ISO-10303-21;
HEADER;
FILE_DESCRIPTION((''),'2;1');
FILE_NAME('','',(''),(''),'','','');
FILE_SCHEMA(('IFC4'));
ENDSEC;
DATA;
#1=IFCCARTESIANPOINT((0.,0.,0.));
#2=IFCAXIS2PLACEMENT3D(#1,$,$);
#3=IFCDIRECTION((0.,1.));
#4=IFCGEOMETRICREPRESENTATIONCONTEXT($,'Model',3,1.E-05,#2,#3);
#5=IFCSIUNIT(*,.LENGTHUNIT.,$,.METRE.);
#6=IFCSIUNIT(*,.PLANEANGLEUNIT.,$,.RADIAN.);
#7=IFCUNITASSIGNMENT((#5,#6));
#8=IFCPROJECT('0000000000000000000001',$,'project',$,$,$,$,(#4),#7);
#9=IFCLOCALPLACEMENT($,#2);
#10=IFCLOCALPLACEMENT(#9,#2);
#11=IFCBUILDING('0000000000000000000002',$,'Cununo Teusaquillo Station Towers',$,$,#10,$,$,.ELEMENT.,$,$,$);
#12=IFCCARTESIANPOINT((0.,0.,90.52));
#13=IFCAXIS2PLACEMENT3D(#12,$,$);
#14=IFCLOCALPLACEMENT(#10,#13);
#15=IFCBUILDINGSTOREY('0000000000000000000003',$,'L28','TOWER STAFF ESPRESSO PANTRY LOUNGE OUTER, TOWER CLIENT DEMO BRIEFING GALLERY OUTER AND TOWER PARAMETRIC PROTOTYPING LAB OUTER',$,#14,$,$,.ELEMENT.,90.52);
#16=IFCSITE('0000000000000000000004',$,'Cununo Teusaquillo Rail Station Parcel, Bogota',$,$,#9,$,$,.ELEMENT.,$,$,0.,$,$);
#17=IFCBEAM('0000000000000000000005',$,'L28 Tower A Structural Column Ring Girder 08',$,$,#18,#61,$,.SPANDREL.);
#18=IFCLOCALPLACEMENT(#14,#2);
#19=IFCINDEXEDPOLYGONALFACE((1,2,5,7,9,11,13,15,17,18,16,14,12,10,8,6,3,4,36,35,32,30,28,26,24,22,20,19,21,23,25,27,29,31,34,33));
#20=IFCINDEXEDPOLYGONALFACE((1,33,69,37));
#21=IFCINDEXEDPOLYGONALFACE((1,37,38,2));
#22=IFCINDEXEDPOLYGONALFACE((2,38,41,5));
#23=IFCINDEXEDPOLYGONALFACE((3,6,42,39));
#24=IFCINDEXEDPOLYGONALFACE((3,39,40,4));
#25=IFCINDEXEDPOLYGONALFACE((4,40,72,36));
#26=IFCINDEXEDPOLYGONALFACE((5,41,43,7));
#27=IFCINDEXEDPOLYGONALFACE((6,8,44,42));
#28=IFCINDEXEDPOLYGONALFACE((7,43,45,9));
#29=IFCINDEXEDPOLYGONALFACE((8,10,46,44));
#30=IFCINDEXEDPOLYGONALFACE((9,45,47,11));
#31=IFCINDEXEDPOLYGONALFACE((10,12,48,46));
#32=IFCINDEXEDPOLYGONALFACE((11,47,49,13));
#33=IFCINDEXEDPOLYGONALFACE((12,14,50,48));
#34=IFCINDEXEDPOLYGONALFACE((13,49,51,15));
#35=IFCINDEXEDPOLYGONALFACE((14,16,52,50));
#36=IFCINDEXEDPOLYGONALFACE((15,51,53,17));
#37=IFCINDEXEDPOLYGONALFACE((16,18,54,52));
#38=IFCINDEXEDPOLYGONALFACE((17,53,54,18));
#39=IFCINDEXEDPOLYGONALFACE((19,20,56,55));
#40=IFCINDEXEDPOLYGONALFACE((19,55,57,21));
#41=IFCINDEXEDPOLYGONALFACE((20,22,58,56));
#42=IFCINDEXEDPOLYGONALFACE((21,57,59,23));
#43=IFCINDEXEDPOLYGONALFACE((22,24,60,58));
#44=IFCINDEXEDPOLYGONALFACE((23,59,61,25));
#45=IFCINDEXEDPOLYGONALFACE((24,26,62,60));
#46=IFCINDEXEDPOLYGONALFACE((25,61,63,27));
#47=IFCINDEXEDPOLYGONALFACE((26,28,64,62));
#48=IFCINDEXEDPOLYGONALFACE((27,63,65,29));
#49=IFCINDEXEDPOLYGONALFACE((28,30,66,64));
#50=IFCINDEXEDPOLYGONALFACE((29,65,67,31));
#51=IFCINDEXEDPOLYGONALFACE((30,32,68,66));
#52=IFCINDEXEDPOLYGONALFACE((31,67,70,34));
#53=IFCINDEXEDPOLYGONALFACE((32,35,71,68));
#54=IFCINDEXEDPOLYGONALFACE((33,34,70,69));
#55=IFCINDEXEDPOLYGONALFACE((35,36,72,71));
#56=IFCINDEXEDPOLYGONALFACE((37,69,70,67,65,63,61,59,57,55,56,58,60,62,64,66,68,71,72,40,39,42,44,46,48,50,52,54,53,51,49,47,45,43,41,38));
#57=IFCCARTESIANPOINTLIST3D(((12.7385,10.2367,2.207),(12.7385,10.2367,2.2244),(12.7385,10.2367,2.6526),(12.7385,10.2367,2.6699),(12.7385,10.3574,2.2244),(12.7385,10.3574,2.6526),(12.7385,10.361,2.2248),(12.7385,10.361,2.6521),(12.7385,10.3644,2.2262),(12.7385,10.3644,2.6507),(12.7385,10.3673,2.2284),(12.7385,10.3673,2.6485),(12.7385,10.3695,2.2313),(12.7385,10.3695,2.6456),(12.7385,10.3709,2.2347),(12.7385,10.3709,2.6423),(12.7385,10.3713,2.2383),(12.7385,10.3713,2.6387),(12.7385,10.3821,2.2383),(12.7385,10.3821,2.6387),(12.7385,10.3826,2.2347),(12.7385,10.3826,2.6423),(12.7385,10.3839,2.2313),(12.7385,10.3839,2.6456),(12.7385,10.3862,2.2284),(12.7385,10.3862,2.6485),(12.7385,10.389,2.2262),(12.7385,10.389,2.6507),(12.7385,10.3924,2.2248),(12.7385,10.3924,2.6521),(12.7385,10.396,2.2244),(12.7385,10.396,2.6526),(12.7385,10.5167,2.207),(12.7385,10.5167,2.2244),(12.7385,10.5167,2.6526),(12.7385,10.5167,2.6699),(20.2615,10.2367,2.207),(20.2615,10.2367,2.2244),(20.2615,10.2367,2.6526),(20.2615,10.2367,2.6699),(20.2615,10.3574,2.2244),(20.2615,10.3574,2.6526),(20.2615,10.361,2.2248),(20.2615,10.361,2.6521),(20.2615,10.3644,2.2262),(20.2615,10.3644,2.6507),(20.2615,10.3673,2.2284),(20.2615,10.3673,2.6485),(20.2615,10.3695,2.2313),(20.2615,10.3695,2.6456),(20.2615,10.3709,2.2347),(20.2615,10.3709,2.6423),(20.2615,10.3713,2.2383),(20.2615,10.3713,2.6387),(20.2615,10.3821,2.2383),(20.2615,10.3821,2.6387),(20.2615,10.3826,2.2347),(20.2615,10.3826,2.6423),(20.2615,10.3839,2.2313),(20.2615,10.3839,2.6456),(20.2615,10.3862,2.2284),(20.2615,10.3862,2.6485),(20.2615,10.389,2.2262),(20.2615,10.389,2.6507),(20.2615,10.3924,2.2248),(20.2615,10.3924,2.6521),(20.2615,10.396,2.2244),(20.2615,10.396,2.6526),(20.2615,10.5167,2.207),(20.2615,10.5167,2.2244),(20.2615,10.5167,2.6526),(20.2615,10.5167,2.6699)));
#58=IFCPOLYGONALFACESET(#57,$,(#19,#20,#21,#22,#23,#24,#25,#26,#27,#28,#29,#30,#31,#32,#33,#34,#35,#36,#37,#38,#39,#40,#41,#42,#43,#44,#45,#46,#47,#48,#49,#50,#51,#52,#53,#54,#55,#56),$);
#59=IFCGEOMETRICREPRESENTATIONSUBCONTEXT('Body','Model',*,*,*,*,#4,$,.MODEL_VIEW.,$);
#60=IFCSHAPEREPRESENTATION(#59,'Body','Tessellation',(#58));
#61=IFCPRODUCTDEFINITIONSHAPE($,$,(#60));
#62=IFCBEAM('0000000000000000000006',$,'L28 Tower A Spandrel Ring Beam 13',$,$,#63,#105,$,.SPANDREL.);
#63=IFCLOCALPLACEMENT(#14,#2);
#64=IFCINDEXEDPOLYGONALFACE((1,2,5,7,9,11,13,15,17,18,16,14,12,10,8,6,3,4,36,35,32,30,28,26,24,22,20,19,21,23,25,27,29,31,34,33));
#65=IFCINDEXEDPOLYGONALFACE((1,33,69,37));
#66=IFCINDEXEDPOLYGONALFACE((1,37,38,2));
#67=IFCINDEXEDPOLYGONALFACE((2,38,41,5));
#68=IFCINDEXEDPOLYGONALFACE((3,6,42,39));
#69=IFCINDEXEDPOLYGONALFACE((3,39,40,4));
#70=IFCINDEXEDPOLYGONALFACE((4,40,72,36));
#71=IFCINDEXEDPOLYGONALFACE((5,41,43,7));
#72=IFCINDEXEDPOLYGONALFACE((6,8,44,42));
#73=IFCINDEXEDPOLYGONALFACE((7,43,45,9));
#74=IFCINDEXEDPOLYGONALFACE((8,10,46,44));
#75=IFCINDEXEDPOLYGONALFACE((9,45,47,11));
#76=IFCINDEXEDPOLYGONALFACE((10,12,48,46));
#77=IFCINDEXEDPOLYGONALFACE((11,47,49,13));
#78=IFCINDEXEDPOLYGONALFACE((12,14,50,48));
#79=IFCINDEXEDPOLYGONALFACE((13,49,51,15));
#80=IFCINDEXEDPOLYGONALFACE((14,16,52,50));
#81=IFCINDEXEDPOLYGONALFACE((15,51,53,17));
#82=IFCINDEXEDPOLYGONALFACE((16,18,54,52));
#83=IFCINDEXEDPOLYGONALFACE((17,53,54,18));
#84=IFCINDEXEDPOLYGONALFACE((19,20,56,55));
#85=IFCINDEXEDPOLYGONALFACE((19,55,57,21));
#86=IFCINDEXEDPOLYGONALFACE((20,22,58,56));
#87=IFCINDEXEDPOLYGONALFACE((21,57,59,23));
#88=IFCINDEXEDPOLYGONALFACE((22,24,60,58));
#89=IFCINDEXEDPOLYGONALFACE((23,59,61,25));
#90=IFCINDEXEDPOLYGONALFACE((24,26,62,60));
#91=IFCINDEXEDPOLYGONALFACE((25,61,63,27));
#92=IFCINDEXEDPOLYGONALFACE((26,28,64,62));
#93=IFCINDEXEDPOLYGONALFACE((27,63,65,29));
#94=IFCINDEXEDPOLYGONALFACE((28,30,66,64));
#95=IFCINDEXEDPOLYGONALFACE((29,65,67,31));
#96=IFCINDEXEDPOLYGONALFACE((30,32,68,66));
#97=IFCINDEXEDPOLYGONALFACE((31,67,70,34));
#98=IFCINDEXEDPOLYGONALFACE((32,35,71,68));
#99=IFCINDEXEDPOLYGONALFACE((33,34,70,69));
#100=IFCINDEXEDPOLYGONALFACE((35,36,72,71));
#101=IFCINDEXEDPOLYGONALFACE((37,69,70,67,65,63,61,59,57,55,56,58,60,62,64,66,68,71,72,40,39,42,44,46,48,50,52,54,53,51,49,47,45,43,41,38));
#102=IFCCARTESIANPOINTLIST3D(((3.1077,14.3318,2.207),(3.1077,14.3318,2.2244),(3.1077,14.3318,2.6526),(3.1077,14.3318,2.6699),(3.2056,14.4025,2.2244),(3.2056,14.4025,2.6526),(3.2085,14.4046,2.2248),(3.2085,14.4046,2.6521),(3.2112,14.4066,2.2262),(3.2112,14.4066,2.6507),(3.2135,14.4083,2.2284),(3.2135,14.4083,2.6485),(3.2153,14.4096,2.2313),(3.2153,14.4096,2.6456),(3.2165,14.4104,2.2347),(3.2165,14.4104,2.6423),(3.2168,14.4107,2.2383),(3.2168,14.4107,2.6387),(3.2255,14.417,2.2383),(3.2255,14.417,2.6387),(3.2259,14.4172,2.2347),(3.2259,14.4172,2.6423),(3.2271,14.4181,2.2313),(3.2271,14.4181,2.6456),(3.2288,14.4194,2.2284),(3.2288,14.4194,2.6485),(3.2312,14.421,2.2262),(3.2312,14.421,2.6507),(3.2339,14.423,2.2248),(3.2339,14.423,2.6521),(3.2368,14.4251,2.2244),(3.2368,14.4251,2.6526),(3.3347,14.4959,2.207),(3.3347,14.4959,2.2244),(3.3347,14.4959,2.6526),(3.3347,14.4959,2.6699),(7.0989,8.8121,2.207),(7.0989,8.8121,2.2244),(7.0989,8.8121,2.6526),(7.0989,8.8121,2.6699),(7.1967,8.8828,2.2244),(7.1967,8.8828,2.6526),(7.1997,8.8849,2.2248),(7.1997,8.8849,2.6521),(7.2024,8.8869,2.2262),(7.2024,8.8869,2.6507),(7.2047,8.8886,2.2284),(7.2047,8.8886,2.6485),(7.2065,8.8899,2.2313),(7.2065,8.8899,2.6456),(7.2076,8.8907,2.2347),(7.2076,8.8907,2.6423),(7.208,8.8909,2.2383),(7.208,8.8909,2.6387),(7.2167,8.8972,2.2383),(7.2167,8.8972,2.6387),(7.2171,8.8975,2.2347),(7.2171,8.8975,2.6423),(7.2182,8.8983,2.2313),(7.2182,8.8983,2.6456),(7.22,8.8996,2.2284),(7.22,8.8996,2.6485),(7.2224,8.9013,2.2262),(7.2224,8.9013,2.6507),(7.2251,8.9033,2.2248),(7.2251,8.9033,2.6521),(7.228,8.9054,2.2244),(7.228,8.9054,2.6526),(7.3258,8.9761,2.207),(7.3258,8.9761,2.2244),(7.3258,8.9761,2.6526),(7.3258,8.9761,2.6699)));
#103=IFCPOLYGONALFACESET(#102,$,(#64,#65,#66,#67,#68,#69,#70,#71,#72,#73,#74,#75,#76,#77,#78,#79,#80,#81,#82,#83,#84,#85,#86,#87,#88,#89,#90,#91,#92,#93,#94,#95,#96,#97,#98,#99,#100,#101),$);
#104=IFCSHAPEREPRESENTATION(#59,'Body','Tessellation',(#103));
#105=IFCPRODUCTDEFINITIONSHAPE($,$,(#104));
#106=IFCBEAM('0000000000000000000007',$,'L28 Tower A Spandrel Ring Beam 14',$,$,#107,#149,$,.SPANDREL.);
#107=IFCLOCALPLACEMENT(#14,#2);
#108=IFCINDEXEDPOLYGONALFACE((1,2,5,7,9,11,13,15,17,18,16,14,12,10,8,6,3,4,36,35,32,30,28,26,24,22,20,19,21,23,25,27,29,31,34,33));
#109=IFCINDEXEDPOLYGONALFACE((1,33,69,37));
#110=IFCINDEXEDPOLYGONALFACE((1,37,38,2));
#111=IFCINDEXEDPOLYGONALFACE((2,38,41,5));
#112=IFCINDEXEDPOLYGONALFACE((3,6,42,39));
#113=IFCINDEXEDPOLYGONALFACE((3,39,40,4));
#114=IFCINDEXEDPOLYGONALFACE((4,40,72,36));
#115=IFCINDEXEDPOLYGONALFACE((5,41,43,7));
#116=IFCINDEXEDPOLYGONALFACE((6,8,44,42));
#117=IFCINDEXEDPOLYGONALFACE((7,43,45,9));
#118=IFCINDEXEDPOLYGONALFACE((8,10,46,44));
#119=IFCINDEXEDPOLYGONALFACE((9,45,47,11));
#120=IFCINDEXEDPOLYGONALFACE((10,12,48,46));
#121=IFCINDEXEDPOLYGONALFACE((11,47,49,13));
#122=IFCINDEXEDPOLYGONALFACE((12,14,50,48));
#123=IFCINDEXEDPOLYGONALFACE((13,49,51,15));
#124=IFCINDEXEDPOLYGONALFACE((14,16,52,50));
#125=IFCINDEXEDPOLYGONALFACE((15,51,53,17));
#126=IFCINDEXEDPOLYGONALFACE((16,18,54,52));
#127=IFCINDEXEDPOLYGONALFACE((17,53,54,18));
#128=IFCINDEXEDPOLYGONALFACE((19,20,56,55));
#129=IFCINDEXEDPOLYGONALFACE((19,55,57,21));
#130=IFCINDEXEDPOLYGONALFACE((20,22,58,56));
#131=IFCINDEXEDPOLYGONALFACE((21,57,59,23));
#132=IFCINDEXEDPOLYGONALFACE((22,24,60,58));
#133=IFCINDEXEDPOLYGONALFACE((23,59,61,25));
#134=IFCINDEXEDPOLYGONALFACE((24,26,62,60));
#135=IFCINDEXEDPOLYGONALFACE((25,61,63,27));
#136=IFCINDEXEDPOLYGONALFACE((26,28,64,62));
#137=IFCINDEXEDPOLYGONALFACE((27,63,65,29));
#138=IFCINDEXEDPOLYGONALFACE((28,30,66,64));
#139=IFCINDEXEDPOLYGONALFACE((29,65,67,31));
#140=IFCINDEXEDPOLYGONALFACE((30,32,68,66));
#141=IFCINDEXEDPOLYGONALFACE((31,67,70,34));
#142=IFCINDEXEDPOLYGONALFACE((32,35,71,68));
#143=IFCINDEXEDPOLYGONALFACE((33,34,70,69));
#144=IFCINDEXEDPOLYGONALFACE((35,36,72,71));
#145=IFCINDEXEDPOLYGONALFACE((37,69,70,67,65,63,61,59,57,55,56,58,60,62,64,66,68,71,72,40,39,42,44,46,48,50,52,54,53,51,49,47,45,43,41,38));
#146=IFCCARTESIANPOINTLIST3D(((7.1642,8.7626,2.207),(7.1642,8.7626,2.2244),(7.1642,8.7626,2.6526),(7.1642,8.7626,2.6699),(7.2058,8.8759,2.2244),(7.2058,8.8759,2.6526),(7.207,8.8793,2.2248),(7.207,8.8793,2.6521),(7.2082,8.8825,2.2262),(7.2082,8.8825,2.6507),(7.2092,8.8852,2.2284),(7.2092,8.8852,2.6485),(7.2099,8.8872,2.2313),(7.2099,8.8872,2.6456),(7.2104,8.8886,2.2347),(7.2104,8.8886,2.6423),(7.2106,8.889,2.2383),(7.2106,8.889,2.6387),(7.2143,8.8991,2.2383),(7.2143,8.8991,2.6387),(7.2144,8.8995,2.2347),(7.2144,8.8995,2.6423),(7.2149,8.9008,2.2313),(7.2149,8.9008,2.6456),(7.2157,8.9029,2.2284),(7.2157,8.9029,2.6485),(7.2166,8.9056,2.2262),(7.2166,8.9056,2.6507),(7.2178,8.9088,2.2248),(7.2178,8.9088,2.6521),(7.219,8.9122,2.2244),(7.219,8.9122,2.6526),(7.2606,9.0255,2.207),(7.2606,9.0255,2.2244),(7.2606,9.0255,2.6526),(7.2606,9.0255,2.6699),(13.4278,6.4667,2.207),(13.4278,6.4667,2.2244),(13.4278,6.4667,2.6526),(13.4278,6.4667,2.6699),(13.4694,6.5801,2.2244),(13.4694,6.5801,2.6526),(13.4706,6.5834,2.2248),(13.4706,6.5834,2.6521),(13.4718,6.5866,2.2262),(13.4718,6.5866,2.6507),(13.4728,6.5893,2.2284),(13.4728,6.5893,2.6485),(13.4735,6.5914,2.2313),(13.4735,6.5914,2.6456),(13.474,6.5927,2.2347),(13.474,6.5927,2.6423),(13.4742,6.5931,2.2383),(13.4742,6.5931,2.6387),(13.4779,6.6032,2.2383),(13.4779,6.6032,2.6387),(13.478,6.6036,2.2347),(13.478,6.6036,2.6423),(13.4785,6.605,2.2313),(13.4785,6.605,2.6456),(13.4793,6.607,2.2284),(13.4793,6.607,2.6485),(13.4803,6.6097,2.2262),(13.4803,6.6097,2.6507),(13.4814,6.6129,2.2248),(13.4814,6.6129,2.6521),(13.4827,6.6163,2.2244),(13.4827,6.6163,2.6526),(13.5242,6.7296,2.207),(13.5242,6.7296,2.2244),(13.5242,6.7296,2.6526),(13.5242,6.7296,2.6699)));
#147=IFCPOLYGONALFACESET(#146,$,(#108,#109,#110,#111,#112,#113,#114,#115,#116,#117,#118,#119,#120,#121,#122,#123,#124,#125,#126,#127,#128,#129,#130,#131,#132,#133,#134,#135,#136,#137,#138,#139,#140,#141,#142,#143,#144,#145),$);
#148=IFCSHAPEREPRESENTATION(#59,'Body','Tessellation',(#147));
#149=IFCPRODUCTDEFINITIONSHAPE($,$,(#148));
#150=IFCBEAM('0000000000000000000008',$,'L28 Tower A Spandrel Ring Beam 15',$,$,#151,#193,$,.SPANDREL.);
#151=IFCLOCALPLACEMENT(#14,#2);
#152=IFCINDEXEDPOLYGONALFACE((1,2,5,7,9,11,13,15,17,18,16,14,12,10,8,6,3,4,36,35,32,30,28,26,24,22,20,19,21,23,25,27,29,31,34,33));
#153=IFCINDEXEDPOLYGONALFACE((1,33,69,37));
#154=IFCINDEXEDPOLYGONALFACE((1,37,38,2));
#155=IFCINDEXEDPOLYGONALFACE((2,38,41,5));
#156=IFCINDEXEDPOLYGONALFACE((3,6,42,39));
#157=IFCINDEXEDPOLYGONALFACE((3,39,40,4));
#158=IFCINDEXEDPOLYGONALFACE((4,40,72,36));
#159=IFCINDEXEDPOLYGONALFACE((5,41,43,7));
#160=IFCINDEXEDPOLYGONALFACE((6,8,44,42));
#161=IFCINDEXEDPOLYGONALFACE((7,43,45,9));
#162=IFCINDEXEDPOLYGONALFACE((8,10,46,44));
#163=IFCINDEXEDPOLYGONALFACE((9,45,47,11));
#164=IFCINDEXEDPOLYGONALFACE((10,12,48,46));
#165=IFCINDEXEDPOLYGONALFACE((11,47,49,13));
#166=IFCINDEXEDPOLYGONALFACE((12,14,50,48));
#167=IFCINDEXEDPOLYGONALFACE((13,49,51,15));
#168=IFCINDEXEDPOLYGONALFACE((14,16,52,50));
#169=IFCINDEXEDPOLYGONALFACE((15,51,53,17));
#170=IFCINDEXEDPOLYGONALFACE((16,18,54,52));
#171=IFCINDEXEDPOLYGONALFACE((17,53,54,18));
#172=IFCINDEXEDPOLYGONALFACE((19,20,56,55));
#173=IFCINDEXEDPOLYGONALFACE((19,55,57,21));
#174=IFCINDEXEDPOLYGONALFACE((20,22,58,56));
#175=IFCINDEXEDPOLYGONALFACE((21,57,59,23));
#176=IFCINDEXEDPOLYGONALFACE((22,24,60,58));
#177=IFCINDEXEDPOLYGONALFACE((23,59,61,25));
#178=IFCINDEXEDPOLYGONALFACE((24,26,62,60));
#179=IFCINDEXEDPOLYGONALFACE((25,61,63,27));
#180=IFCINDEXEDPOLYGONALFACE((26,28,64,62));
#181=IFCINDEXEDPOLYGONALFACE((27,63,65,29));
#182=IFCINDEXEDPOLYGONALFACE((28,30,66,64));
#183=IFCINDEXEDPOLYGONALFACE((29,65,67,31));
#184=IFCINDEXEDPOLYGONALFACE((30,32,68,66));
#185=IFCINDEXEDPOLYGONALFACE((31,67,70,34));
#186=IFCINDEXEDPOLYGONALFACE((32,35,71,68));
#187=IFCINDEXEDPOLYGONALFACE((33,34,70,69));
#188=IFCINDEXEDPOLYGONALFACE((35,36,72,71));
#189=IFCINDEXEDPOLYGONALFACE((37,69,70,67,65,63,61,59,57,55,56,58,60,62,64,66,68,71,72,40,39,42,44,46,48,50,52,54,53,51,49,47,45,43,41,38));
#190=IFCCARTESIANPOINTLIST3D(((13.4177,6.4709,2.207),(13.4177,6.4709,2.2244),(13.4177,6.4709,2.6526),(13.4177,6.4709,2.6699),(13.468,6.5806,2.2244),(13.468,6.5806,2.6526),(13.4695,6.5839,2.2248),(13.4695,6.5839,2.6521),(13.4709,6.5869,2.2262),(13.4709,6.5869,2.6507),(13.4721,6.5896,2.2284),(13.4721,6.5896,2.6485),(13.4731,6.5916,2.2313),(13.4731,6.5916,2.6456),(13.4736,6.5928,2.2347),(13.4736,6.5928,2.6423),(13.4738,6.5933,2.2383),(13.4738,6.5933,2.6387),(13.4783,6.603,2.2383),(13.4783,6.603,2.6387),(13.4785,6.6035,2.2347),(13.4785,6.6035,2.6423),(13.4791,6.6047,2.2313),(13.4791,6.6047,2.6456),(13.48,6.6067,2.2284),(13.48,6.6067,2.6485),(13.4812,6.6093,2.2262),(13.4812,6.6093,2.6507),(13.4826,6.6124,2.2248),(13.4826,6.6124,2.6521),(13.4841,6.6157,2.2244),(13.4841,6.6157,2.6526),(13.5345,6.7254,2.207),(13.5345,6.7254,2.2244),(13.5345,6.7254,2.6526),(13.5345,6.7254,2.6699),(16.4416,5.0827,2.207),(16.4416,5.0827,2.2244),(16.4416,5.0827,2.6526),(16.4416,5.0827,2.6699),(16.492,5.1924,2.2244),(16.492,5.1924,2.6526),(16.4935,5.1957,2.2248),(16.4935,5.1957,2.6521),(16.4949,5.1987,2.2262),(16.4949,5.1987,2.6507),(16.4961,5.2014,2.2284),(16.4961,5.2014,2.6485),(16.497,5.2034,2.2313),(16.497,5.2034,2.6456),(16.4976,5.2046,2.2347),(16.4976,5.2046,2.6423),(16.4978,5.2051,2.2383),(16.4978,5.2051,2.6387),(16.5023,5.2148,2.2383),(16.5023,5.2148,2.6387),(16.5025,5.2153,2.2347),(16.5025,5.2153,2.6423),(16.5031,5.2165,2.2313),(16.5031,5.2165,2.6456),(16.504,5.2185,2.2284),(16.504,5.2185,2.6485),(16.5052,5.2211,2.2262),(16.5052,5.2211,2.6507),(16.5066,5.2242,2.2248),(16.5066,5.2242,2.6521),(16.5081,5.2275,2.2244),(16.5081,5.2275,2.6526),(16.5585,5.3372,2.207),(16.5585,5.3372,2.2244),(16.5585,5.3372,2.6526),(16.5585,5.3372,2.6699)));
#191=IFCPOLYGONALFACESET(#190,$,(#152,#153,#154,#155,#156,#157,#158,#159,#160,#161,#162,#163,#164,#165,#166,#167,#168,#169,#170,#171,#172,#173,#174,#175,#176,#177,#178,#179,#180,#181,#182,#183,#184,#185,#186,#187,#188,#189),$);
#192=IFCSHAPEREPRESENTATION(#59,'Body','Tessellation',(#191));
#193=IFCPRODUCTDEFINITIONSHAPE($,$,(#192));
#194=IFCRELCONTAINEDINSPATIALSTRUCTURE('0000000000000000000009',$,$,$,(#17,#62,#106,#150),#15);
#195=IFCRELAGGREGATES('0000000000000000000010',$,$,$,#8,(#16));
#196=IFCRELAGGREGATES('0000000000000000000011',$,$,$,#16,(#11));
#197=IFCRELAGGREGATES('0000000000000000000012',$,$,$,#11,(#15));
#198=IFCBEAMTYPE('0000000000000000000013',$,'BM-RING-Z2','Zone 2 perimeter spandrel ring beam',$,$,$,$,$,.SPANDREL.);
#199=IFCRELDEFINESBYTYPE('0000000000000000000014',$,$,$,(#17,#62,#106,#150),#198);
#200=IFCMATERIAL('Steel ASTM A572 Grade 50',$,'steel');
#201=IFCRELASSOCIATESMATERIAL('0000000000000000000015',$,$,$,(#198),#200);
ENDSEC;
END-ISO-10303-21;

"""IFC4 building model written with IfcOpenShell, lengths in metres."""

from ifc_helpers import new_model, si_unit, direction, frame, origin, origin_2d, place, context, subcontext, project, spatial, i_section, extrude, material, material_profile, profile_set, type_object, element, save


model = new_model("IFC4")

# Units and contexts
model_context = context("Model", 3, precision=1e-05, world=origin(), true_north=direction((0.0, 1.0)))
body_context = subcontext(model_context, "Body", "Model", "MODEL_VIEW")
ifc_project = project(units=[si_unit("LENGTHUNIT", "METRE"), si_unit("PLANEANGLEUNIT", "RADIAN")], contexts=[model_context])

# Site, building, storey
site_placement = place(None, origin())
site = spatial("IfcSite", under=ifc_project, at=site_placement, Name="Cununo Teusaquillo Rail Station Parcel, Bogota", CompositionType="ELEMENT", RefElevation=0.0)
building_placement = place(site_placement, origin())
building = spatial("IfcBuilding", under=site, at=building_placement, Name="Cununo Teusaquillo Station Towers", CompositionType="ELEMENT")
storey_placement = place(building_placement, frame((0.0, 0.0, 90.52)))
storey = spatial("IfcBuildingStorey", under=building, at=storey_placement, Name="L28", Description="TOWER STAFF ESPRESSO PANTRY LOUNGE OUTER, TOWER CLIENT DEMO BRIEFING GALLERY OUTER AND TOWER PARAMETRIC PROTOTYPING LAB OUTER", CompositionType="ELEMENT", Elevation=90.52)

# Beams
ifc_material_1 = material(Name="Steel ASTM A572 Grade 50", Category="steel")
ifc_material_profile_1 = material_profile(ifc_material_1, i_section(OverallWidth=0.28, OverallDepth=0.4629, WebThickness=0.0107, FlangeThickness=0.0173, FilletRadius=0.0139, at=origin_2d()), Name="W18X76")
ifc_profile_set_1 = profile_set([ifc_material_profile_1], Name="Steel ASTM A572 Grade 50")
beam_type = type_object("IfcBeamType", Name="BM-RING-Z2", Description="Zone 2 perimeter spandrel ring beam", PredefinedType="SPANDREL", material=ifc_profile_set_1)
beam_1_placement = place(storey_placement, frame((12.7385, 10.3767, 2.4385), z_axis=(1.0, 0.0, 0.0), x_axis=(0.0, 1.0, 0.0)))
element("IfcBeam", 1, at=beam_1_placement, inside=storey, type_object=beam_type, Name="L28 Tower A Structural Column Ring Girder 08", PredefinedType="SPANDREL", context=body_context, shape_type="SweptSolid", body=[
    extrude(i_section(OverallWidth=0.28, OverallDepth=0.4629, WebThickness=0.0107, FlangeThickness=0.0173, FilletRadius=0.0139, at=origin_2d()), origin(), (0.0, 0.0, 1.0), 7.5229),
])
beam_2_placement = place(storey_placement, frame((3.2212, 14.4138, 2.4385), z_axis=(0.585945, -0.810351, 0.0), x_axis=(0.810351, 0.585945, 0.0)))
element("IfcBeam", 2, at=beam_2_placement, inside=storey, type_object=beam_type, Name="L28 Tower A Spandrel Ring Beam 13", PredefinedType="SPANDREL", context=body_context, shape_type="SweptSolid", body=[
    extrude(i_section(OverallWidth=0.28, OverallDepth=0.4629, WebThickness=0.0107, FlangeThickness=0.0173, FilletRadius=0.0139, at=origin_2d()), origin(), (0.0, 0.0, 1.0), 6.8115),
])
beam_3_placement = place(storey_placement, frame((7.2124, 8.894, 2.4385), z_axis=(0.938914, -0.344151, 0.0), x_axis=(0.344151, 0.938914, 0.0)))
element("IfcBeam", 3, at=beam_3_placement, inside=storey, type_object=beam_type, Name="L28 Tower A Spandrel Ring Beam 14", PredefinedType="SPANDREL", context=body_context, shape_type="SweptSolid", body=[
    extrude(i_section(OverallWidth=0.28, OverallDepth=0.4629, WebThickness=0.0107, FlangeThickness=0.0173, FilletRadius=0.0139, at=origin_2d()), origin(), (0.0, 0.0, 1.0), 6.6711),
])
beam_4_placement = place(storey_placement, frame((13.4761, 6.5981, 2.4385), z_axis=(0.908812, -0.417205, 0.0), x_axis=(0.417205, 0.908812, 0.0)))
element("IfcBeam", 4, at=beam_4_placement, inside=storey, type_object=beam_type, Name="L28 Tower A Spandrel Ring Beam 15", PredefinedType="SPANDREL", context=body_context, shape_type="SweptSolid", body=[
    extrude(i_section(OverallWidth=0.28, OverallDepth=0.4629, WebThickness=0.0107, FlangeThickness=0.0173, FilletRadius=0.0139, at=origin_2d()), origin(), (0.0, 0.0, 1.0), 3.3274),
])

save(model, "model.ifc")
